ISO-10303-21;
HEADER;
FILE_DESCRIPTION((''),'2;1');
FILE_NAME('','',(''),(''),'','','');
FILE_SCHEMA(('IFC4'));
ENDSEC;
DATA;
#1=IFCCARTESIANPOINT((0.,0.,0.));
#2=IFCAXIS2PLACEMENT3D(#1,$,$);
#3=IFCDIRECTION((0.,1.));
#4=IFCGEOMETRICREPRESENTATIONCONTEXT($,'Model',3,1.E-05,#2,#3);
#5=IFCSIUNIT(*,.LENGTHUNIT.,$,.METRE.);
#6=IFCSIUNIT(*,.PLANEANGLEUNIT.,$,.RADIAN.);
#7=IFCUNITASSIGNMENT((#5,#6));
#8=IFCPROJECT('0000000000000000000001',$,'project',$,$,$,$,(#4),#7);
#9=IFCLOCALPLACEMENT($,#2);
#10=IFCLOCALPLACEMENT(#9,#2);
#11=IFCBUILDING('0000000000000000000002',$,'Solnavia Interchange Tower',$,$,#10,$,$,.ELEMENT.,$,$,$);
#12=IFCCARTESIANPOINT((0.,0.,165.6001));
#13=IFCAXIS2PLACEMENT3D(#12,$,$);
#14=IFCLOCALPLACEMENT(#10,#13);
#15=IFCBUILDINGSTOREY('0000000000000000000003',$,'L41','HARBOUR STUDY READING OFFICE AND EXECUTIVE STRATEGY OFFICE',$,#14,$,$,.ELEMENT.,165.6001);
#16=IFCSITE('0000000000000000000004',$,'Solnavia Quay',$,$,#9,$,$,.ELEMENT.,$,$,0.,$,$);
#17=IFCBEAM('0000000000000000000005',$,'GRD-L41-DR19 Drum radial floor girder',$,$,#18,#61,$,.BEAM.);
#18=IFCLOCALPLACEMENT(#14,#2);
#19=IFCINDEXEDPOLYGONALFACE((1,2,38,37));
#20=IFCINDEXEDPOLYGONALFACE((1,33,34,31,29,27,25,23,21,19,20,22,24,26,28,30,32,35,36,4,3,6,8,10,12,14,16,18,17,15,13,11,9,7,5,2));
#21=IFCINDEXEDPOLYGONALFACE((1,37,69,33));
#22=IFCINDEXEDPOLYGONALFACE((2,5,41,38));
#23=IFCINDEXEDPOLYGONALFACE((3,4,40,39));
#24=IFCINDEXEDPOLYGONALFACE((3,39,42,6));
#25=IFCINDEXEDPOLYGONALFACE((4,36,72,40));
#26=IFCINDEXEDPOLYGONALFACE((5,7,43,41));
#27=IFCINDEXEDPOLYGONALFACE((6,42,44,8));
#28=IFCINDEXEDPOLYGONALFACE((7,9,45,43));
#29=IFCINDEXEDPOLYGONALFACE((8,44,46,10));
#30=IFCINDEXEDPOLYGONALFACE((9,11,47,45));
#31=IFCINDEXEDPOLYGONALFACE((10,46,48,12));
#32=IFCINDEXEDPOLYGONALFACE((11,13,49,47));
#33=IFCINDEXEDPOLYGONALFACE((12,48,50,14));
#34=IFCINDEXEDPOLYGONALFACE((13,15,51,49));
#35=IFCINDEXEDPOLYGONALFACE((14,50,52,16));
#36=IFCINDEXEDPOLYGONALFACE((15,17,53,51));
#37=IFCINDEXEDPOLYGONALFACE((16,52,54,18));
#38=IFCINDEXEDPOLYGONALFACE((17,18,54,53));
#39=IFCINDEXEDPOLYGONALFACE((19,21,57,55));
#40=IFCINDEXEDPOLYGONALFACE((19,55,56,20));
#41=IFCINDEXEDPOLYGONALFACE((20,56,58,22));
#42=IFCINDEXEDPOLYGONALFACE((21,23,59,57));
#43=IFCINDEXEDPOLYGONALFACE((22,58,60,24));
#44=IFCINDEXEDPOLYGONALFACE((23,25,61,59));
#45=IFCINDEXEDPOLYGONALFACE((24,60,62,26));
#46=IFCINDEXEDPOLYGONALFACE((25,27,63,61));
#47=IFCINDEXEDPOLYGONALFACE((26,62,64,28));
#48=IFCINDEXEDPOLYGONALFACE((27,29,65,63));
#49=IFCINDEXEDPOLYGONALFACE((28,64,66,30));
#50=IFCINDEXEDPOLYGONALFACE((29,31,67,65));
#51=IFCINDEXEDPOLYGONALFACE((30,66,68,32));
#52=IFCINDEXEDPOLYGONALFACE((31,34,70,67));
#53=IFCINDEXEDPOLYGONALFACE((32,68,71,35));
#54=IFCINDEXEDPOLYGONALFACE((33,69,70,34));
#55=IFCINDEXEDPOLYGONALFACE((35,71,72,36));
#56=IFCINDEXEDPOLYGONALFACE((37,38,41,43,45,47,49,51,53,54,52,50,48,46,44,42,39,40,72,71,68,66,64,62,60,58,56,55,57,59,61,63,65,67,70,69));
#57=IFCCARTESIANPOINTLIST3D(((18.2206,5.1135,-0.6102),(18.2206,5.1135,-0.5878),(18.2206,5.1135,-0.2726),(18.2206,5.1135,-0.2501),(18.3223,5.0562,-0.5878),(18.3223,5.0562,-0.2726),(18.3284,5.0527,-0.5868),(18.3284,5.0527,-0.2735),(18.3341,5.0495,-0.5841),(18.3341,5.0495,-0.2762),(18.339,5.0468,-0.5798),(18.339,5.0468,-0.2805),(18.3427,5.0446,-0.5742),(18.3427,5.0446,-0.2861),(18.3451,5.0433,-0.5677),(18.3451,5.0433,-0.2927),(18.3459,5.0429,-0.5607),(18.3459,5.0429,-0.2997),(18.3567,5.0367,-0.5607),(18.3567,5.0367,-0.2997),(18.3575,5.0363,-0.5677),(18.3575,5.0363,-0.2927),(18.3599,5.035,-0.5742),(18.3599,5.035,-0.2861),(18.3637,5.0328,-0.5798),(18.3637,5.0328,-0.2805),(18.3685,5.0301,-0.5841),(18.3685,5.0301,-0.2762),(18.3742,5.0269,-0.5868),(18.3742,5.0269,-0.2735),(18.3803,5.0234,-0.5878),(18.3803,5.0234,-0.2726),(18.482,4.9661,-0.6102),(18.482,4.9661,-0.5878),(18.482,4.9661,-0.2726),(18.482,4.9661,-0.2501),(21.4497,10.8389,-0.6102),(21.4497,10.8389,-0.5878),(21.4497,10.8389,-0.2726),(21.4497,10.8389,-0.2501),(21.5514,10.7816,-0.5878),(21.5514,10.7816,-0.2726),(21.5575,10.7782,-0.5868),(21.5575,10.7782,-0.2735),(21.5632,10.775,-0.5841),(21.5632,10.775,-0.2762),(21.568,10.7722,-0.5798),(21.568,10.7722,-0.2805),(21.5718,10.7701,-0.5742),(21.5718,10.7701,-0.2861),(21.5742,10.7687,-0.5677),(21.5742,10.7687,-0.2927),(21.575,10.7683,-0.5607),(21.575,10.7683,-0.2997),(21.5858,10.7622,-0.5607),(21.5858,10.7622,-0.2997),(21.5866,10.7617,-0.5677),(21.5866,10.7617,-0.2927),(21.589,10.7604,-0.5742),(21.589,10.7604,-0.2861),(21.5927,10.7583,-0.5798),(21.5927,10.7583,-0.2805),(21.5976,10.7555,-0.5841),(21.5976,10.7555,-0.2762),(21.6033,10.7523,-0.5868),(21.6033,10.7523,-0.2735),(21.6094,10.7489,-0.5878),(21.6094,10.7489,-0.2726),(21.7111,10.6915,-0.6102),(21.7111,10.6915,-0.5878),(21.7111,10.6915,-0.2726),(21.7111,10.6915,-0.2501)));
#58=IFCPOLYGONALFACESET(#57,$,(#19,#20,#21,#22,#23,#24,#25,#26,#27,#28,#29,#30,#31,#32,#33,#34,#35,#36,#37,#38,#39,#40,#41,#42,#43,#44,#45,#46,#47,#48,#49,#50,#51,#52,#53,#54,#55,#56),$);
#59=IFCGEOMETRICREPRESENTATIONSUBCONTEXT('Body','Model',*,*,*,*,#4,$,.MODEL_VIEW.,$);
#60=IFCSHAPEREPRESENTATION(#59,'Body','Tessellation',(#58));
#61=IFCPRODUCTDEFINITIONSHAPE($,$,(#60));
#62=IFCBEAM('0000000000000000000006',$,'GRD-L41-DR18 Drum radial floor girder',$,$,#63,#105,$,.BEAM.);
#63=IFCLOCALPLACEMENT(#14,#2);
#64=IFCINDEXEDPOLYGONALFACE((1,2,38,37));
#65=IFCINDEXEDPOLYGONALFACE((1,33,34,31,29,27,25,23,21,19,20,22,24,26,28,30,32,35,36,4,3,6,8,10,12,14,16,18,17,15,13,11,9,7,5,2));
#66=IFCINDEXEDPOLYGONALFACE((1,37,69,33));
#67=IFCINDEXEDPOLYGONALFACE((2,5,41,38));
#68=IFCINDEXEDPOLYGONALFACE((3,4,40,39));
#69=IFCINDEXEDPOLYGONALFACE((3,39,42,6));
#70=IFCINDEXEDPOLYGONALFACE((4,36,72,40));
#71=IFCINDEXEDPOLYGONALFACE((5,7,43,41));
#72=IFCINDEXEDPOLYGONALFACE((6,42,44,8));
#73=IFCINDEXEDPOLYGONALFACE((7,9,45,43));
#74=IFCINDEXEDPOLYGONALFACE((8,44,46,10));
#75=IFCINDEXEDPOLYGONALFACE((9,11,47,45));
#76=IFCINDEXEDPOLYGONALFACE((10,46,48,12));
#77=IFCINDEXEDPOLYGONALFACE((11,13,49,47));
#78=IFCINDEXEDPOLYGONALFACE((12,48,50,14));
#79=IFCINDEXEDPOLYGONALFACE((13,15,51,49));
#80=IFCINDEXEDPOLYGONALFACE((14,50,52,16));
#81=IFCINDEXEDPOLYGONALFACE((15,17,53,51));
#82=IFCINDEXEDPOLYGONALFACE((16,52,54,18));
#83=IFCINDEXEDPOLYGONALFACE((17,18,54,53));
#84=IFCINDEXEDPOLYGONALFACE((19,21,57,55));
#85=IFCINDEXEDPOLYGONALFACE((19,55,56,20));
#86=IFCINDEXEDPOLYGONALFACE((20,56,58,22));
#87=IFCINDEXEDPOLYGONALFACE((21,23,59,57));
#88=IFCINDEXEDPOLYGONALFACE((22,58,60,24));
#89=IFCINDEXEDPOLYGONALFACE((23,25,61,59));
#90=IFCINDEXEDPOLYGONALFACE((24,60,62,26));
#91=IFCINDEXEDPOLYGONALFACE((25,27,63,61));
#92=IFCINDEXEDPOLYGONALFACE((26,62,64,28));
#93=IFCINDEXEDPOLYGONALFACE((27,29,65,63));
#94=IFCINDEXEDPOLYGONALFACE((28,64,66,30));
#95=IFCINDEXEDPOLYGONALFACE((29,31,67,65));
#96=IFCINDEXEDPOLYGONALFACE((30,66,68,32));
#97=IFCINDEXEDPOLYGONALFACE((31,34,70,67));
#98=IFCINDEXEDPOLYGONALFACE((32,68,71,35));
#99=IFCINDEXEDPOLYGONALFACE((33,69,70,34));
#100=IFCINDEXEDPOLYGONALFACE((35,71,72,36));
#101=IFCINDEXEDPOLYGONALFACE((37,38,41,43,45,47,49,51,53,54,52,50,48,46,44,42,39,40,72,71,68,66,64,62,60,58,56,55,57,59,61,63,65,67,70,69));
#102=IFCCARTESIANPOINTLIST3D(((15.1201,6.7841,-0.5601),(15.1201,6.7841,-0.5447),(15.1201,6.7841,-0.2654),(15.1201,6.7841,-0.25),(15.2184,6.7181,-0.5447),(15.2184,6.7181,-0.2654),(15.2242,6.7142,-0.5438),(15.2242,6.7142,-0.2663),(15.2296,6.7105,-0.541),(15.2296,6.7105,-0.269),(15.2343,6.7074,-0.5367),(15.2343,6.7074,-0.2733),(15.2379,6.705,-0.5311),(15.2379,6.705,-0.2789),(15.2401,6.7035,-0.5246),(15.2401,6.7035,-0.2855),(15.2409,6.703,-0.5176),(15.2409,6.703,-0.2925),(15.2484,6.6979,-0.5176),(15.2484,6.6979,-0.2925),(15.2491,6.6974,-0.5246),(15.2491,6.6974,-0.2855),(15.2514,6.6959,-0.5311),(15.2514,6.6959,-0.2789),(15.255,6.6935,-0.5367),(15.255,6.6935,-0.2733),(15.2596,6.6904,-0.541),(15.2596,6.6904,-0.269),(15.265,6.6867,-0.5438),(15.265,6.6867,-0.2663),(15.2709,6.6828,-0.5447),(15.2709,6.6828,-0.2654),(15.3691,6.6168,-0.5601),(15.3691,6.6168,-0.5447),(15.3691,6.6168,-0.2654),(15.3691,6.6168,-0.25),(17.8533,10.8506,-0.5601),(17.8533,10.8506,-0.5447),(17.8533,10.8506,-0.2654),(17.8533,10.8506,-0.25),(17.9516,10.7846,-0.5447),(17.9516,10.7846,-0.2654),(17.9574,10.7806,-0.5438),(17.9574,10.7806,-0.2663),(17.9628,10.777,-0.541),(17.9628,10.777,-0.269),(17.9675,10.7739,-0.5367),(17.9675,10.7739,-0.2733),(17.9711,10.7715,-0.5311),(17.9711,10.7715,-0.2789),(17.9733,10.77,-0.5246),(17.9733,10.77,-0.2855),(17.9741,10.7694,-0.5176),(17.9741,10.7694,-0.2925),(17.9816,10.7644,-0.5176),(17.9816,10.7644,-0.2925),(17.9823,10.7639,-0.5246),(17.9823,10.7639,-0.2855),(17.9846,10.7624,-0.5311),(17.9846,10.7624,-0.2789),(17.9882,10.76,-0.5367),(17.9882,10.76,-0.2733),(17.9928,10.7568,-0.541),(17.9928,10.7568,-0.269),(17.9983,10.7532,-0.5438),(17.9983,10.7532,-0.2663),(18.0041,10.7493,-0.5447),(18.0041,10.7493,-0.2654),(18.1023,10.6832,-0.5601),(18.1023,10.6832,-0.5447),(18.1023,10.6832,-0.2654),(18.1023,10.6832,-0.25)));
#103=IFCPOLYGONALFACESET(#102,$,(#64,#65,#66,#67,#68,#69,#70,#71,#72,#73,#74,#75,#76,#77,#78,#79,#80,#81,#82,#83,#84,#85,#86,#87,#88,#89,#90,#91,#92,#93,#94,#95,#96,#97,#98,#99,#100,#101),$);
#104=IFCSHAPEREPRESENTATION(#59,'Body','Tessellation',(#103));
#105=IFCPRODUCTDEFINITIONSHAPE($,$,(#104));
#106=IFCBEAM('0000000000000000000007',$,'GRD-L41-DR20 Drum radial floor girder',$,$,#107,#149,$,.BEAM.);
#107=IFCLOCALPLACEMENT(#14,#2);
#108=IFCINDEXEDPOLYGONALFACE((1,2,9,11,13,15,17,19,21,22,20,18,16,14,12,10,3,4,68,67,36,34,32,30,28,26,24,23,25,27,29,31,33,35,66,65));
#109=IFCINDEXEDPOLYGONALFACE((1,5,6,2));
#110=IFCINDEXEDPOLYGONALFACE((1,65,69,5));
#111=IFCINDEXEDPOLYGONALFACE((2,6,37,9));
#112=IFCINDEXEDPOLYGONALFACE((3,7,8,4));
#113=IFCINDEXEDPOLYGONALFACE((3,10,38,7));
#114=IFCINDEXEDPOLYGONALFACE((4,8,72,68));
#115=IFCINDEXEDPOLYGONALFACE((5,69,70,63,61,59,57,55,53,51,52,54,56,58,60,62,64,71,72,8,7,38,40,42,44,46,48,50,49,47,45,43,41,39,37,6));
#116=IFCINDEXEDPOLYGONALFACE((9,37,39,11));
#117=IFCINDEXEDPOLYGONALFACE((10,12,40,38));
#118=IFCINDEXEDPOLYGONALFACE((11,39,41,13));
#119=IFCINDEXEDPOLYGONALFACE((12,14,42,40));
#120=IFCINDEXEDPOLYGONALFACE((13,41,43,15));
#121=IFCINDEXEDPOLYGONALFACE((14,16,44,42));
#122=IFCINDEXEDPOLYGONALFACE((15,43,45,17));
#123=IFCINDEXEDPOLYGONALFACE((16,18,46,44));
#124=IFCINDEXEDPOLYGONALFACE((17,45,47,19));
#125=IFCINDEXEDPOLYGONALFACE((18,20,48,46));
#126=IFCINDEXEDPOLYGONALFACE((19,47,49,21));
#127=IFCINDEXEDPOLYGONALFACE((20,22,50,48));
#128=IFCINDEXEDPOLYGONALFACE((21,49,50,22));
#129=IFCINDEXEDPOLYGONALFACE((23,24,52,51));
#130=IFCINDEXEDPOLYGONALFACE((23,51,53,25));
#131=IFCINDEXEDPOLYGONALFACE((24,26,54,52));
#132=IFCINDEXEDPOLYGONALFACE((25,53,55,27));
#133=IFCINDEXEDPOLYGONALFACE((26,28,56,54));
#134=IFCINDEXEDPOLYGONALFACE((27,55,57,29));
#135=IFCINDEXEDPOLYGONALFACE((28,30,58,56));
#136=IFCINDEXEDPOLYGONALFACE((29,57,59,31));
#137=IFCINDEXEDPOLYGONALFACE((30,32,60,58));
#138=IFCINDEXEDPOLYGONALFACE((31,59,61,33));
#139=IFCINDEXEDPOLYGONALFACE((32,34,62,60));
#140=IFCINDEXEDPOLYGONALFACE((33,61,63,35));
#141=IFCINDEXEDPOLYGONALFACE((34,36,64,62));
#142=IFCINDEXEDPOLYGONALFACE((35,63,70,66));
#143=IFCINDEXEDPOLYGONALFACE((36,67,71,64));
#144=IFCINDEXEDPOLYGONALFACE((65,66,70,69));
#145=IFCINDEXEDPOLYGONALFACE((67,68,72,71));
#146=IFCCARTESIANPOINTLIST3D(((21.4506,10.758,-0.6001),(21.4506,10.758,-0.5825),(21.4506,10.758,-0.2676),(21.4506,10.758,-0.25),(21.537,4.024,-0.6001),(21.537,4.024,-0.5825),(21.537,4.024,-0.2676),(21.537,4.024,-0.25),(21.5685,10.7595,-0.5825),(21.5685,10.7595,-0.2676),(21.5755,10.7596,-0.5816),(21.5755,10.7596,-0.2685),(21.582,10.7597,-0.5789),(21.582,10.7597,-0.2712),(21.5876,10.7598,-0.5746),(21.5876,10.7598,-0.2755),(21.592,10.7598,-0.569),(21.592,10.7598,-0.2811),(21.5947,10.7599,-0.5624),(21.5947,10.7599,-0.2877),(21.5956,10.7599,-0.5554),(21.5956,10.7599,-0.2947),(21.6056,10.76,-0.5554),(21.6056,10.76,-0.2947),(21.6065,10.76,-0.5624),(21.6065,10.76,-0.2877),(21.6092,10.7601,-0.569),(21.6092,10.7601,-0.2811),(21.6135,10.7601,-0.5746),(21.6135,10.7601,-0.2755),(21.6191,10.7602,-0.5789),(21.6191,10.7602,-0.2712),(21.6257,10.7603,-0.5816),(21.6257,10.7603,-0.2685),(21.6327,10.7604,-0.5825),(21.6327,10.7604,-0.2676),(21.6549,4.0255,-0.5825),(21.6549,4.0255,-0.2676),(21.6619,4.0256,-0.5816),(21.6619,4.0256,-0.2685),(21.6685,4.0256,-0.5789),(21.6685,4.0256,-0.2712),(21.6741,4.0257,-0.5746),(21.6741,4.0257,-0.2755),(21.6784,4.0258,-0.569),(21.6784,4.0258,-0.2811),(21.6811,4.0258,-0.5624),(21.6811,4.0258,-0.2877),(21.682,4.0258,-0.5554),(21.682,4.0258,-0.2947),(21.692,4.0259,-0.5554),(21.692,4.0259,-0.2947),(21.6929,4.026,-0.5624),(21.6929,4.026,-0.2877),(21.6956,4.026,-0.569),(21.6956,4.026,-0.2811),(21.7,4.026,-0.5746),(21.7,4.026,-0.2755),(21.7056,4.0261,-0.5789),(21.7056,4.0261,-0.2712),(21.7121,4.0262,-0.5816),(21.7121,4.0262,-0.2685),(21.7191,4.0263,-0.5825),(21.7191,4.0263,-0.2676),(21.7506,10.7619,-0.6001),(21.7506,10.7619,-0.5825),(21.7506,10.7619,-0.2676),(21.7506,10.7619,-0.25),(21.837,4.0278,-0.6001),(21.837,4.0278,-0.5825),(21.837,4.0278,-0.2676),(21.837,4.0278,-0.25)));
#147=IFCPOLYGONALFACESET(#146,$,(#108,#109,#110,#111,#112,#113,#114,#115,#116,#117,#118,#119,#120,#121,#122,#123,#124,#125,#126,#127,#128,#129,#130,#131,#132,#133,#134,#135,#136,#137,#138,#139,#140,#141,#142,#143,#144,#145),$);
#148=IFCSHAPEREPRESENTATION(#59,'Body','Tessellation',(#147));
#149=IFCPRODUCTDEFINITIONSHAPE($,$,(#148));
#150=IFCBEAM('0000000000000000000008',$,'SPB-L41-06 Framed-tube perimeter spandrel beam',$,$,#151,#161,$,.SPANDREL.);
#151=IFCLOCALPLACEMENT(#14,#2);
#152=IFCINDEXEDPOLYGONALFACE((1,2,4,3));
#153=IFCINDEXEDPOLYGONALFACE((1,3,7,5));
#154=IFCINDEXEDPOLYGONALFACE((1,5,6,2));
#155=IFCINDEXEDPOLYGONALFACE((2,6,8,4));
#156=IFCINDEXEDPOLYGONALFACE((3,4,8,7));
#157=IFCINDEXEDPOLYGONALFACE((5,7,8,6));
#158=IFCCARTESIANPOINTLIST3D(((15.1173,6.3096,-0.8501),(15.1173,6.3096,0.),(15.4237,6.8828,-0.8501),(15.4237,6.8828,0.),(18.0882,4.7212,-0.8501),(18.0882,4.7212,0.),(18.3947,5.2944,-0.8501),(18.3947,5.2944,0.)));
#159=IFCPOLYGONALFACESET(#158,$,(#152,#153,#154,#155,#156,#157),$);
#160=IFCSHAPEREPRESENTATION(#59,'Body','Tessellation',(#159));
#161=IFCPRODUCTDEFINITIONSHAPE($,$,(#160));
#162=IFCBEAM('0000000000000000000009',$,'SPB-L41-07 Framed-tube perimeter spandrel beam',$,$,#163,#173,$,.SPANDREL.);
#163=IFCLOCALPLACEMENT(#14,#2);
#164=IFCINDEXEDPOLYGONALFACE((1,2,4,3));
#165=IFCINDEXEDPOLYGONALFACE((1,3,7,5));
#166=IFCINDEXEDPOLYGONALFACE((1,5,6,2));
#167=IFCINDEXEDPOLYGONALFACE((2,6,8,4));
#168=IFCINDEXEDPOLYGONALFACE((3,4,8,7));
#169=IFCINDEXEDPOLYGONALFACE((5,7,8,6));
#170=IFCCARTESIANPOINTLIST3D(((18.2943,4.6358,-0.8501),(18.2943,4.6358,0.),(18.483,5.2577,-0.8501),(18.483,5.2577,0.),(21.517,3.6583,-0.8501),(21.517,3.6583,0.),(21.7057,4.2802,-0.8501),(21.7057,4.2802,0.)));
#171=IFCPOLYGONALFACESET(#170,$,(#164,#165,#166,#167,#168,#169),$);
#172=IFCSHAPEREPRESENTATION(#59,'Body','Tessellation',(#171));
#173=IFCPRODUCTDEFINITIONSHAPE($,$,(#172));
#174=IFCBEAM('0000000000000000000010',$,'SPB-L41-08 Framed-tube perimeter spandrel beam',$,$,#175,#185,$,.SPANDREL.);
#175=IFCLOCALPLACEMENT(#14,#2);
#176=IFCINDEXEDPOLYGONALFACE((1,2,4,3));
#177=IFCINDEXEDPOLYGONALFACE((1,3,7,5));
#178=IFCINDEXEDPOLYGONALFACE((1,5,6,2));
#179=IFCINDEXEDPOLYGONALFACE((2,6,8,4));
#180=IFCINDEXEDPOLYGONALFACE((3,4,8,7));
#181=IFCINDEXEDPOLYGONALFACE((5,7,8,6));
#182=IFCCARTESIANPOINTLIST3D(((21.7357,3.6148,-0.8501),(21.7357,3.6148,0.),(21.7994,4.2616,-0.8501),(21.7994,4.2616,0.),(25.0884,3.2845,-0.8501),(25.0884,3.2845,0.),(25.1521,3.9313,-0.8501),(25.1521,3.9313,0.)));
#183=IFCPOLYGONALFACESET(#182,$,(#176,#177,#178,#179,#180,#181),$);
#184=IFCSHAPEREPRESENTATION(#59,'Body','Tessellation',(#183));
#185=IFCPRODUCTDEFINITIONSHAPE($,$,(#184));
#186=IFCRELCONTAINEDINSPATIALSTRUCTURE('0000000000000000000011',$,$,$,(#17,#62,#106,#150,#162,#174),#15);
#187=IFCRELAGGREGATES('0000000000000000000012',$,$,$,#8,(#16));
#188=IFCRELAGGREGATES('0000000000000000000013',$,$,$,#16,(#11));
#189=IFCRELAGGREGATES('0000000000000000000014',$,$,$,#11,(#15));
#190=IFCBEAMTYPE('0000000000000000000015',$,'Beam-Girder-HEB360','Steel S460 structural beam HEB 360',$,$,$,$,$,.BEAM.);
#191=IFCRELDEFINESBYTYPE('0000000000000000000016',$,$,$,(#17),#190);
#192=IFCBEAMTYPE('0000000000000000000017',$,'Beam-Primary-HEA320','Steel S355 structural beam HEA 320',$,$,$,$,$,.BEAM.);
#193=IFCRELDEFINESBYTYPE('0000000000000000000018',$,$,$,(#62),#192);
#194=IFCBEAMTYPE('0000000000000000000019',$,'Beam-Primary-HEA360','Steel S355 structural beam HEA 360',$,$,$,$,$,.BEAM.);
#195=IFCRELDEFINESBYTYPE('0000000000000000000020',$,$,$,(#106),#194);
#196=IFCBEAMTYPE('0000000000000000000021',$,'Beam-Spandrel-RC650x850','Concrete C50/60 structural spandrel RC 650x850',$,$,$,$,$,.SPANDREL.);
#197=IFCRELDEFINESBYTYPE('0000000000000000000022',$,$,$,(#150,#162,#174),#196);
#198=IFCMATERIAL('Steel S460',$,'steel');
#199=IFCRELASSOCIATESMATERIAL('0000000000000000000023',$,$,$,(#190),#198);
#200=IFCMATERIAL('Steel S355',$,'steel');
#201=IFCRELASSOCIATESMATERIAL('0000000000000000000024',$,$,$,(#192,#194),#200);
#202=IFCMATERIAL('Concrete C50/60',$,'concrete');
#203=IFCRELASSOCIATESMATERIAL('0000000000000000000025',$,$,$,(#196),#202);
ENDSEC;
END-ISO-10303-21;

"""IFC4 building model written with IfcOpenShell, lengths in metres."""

from ifc_helpers import new_model, si_unit, direction, frame, origin, origin_2d, place, context, subcontext, project, spatial, rectangle, i_section, extrude, material, material_profile, profile_set, type_object, element, save


model = new_model("IFC4")

# Units and contexts
model_context = context("Model", 3, precision=1e-05, world=origin(), true_north=direction((0.0, 1.0)))
body_context = subcontext(model_context, "Body", "Model", "MODEL_VIEW")
ifc_project = project(units=[si_unit("LENGTHUNIT", "METRE"), si_unit("PLANEANGLEUNIT", "RADIAN")], contexts=[model_context])

# Site, building, storey
site_placement = place(None, origin())
site = spatial("IfcSite", under=ifc_project, at=site_placement, Name="Solnavia Quay", CompositionType="ELEMENT", RefElevation=0.0)
building_placement = place(site_placement, origin())
building = spatial("IfcBuilding", under=site, at=building_placement, Name="Solnavia Interchange Tower", CompositionType="ELEMENT")
storey_placement = place(building_placement, frame((0.0, 0.0, 165.6001)))
storey = spatial("IfcBuildingStorey", under=building, at=storey_placement, Name="L41", Description="HARBOUR STUDY READING OFFICE AND EXECUTIVE STRATEGY OFFICE", CompositionType="ELEMENT", Elevation=165.6001)

# Shared definitions
ifc_material_1 = material(Name="Concrete C50/60", Category="concrete")
ifc_material_2 = material(Name="Steel S355", Category="steel")

# Beams
ifc_material_3 = material(Name="Steel S460", Category="steel")
ifc_material_profile_1 = material_profile(ifc_material_3, i_section(OverallWidth=0.3, OverallDepth=0.3601, WebThickness=0.0125, FlangeThickness=0.0225, FilletRadius=0.0271, at=origin_2d()), Name="HEB 360")
ifc_profile_set_1 = profile_set([ifc_material_profile_1], Name="Steel S460")
beam_type_1 = type_object("IfcBeamType", Name="Beam-Girder-HEB360", Description="Steel S460 structural beam HEB 360", PredefinedType="BEAM", material=ifc_profile_set_1)
beam_1_placement = place(storey_placement, frame((18.3513, 5.0398, -0.4302), z_axis=(0.491243, 0.871022, 0.0), x_axis=(-0.871022, 0.491243, 0.0)))
element("IfcBeam", 1, at=beam_1_placement, inside=storey, type_object=beam_type_1, Name="GRD-L41-DR19 Drum radial floor girder", PredefinedType="BEAM", context=body_context, shape_type="SweptSolid", body=[
    extrude(i_section(OverallWidth=0.3, OverallDepth=0.3601, WebThickness=0.0125, FlangeThickness=0.0225, FilletRadius=0.0271, at=origin_2d()), origin(), (0.0, 0.0, 1.0), 6.5732),
])
ifc_material_profile_2 = material_profile(ifc_material_2, i_section(OverallWidth=0.3, OverallDepth=0.3101, WebThickness=0.009, FlangeThickness=0.0154, FilletRadius=0.0271, at=origin_2d()), Name="HEA 320")
ifc_profile_set_2 = profile_set([ifc_material_profile_2], Name="Steel S355")
beam_type_2 = type_object("IfcBeamType", Name="Beam-Primary-HEA320", Description="Steel S355 structural beam HEA 320", PredefinedType="BEAM", material=ifc_profile_set_2)
beam_2_placement = place(storey_placement, frame((15.2446, 6.7004, -0.405), z_axis=(0.557835, 0.829952, 0.0), x_axis=(-0.829952, 0.557835, 0.0)))
element("IfcBeam", 2, at=beam_2_placement, inside=storey, type_object=beam_type_2, Name="GRD-L41-DR18 Drum radial floor girder", PredefinedType="BEAM", context=body_context, shape_type="SweptSolid", body=[
    extrude(i_section(OverallWidth=0.3, OverallDepth=0.3101, WebThickness=0.009, FlangeThickness=0.0154, FilletRadius=0.0271, at=origin_2d()), origin(), (0.0, 0.0, 1.0), 4.8997),
])
ifc_material_profile_3 = material_profile(ifc_material_2, i_section(OverallWidth=0.3, OverallDepth=0.3501, WebThickness=0.01, FlangeThickness=0.0176, FilletRadius=0.0271, at=origin_2d()), Name="HEA 360")
ifc_profile_set_3 = profile_set([ifc_material_profile_3], Name="Steel S355")
beam_type_3 = type_object("IfcBeamType", Name="Beam-Primary-HEA360", Description="Steel S355 structural beam HEA 360", PredefinedType="BEAM", material=ifc_profile_set_3)
beam_3_placement = place(storey_placement, frame((21.687, 4.0259, -0.425), z_axis=(-0.012833, 0.999918, 0.0), x_axis=(-0.999918, -0.012833, 0.0)))
element("IfcBeam", 3, at=beam_3_placement, inside=storey, type_object=beam_type_3, Name="GRD-L41-DR20 Drum radial floor girder", PredefinedType="BEAM", context=body_context, shape_type="SweptSolid", body=[
    extrude(i_section(OverallWidth=0.3, OverallDepth=0.3501, WebThickness=0.01, FlangeThickness=0.0176, FilletRadius=0.0271, at=origin_2d()), origin(), (0.0, 0.0, 1.0), 6.7346),
])
ifc_material_profile_4 = material_profile(ifc_material_1, rectangle(XDim=0.6499, YDim=0.8501, at=origin_2d()), Name="RC 650x850")
ifc_profile_set_4 = profile_set([ifc_material_profile_4], Name="Concrete C50/60")
beam_type_4 = type_object("IfcBeamType", Name="Beam-Spandrel-RC650x850", Description="Concrete C50/60 structural spandrel RC 650x850", PredefinedType="SPANDREL", material=ifc_profile_set_4)
beam_4_placement = place(storey_placement, frame((15.2705, 6.5962, -0.425), z_axis=(0.881875, -0.471483, 0.0), x_axis=(0.471483, 0.881875, 0.0)))
element("IfcBeam", 4, at=beam_4_placement, inside=storey, type_object=beam_type_4, Name="SPB-L41-06 Framed-tube perimeter spandrel beam", PredefinedType="SPANDREL", context=body_context, shape_type="SweptSolid", body=[
    extrude(rectangle(XDim=0.6499, YDim=0.8501, at=origin_2d()), origin(), (0.0, 0.0, 1.0), 3.3689),
])
beam_5_placement = place(storey_placement, frame((18.3887, 4.9468, -0.425), z_axis=(0.956944, -0.290273, 0.0), x_axis=(0.290273, 0.956944, 0.0)))
element("IfcBeam", 5, at=beam_5_placement, inside=storey, type_object=beam_type_4, Name="SPB-L41-07 Framed-tube perimeter spandrel beam", PredefinedType="SPANDREL", context=body_context, shape_type="SweptSolid", body=[
    extrude(rectangle(XDim=0.6499, YDim=0.8501, at=origin_2d()), origin(), (0.0, 0.0, 1.0), 3.3677),
])
beam_6_placement = place(storey_placement, frame((21.7676, 3.9382, -0.425), z_axis=(0.995182, -0.098047, 0.0), x_axis=(0.098047, 0.995182, 0.0)))
element("IfcBeam", 6, at=beam_6_placement, inside=storey, type_object=beam_type_4, Name="SPB-L41-08 Framed-tube perimeter spandrel beam", PredefinedType="SPANDREL", context=body_context, shape_type="SweptSolid", body=[
    extrude(rectangle(XDim=0.6499, YDim=0.8501, at=origin_2d()), origin(), (0.0, 0.0, 1.0), 3.3689),
])

save(model, "model.ifc")
